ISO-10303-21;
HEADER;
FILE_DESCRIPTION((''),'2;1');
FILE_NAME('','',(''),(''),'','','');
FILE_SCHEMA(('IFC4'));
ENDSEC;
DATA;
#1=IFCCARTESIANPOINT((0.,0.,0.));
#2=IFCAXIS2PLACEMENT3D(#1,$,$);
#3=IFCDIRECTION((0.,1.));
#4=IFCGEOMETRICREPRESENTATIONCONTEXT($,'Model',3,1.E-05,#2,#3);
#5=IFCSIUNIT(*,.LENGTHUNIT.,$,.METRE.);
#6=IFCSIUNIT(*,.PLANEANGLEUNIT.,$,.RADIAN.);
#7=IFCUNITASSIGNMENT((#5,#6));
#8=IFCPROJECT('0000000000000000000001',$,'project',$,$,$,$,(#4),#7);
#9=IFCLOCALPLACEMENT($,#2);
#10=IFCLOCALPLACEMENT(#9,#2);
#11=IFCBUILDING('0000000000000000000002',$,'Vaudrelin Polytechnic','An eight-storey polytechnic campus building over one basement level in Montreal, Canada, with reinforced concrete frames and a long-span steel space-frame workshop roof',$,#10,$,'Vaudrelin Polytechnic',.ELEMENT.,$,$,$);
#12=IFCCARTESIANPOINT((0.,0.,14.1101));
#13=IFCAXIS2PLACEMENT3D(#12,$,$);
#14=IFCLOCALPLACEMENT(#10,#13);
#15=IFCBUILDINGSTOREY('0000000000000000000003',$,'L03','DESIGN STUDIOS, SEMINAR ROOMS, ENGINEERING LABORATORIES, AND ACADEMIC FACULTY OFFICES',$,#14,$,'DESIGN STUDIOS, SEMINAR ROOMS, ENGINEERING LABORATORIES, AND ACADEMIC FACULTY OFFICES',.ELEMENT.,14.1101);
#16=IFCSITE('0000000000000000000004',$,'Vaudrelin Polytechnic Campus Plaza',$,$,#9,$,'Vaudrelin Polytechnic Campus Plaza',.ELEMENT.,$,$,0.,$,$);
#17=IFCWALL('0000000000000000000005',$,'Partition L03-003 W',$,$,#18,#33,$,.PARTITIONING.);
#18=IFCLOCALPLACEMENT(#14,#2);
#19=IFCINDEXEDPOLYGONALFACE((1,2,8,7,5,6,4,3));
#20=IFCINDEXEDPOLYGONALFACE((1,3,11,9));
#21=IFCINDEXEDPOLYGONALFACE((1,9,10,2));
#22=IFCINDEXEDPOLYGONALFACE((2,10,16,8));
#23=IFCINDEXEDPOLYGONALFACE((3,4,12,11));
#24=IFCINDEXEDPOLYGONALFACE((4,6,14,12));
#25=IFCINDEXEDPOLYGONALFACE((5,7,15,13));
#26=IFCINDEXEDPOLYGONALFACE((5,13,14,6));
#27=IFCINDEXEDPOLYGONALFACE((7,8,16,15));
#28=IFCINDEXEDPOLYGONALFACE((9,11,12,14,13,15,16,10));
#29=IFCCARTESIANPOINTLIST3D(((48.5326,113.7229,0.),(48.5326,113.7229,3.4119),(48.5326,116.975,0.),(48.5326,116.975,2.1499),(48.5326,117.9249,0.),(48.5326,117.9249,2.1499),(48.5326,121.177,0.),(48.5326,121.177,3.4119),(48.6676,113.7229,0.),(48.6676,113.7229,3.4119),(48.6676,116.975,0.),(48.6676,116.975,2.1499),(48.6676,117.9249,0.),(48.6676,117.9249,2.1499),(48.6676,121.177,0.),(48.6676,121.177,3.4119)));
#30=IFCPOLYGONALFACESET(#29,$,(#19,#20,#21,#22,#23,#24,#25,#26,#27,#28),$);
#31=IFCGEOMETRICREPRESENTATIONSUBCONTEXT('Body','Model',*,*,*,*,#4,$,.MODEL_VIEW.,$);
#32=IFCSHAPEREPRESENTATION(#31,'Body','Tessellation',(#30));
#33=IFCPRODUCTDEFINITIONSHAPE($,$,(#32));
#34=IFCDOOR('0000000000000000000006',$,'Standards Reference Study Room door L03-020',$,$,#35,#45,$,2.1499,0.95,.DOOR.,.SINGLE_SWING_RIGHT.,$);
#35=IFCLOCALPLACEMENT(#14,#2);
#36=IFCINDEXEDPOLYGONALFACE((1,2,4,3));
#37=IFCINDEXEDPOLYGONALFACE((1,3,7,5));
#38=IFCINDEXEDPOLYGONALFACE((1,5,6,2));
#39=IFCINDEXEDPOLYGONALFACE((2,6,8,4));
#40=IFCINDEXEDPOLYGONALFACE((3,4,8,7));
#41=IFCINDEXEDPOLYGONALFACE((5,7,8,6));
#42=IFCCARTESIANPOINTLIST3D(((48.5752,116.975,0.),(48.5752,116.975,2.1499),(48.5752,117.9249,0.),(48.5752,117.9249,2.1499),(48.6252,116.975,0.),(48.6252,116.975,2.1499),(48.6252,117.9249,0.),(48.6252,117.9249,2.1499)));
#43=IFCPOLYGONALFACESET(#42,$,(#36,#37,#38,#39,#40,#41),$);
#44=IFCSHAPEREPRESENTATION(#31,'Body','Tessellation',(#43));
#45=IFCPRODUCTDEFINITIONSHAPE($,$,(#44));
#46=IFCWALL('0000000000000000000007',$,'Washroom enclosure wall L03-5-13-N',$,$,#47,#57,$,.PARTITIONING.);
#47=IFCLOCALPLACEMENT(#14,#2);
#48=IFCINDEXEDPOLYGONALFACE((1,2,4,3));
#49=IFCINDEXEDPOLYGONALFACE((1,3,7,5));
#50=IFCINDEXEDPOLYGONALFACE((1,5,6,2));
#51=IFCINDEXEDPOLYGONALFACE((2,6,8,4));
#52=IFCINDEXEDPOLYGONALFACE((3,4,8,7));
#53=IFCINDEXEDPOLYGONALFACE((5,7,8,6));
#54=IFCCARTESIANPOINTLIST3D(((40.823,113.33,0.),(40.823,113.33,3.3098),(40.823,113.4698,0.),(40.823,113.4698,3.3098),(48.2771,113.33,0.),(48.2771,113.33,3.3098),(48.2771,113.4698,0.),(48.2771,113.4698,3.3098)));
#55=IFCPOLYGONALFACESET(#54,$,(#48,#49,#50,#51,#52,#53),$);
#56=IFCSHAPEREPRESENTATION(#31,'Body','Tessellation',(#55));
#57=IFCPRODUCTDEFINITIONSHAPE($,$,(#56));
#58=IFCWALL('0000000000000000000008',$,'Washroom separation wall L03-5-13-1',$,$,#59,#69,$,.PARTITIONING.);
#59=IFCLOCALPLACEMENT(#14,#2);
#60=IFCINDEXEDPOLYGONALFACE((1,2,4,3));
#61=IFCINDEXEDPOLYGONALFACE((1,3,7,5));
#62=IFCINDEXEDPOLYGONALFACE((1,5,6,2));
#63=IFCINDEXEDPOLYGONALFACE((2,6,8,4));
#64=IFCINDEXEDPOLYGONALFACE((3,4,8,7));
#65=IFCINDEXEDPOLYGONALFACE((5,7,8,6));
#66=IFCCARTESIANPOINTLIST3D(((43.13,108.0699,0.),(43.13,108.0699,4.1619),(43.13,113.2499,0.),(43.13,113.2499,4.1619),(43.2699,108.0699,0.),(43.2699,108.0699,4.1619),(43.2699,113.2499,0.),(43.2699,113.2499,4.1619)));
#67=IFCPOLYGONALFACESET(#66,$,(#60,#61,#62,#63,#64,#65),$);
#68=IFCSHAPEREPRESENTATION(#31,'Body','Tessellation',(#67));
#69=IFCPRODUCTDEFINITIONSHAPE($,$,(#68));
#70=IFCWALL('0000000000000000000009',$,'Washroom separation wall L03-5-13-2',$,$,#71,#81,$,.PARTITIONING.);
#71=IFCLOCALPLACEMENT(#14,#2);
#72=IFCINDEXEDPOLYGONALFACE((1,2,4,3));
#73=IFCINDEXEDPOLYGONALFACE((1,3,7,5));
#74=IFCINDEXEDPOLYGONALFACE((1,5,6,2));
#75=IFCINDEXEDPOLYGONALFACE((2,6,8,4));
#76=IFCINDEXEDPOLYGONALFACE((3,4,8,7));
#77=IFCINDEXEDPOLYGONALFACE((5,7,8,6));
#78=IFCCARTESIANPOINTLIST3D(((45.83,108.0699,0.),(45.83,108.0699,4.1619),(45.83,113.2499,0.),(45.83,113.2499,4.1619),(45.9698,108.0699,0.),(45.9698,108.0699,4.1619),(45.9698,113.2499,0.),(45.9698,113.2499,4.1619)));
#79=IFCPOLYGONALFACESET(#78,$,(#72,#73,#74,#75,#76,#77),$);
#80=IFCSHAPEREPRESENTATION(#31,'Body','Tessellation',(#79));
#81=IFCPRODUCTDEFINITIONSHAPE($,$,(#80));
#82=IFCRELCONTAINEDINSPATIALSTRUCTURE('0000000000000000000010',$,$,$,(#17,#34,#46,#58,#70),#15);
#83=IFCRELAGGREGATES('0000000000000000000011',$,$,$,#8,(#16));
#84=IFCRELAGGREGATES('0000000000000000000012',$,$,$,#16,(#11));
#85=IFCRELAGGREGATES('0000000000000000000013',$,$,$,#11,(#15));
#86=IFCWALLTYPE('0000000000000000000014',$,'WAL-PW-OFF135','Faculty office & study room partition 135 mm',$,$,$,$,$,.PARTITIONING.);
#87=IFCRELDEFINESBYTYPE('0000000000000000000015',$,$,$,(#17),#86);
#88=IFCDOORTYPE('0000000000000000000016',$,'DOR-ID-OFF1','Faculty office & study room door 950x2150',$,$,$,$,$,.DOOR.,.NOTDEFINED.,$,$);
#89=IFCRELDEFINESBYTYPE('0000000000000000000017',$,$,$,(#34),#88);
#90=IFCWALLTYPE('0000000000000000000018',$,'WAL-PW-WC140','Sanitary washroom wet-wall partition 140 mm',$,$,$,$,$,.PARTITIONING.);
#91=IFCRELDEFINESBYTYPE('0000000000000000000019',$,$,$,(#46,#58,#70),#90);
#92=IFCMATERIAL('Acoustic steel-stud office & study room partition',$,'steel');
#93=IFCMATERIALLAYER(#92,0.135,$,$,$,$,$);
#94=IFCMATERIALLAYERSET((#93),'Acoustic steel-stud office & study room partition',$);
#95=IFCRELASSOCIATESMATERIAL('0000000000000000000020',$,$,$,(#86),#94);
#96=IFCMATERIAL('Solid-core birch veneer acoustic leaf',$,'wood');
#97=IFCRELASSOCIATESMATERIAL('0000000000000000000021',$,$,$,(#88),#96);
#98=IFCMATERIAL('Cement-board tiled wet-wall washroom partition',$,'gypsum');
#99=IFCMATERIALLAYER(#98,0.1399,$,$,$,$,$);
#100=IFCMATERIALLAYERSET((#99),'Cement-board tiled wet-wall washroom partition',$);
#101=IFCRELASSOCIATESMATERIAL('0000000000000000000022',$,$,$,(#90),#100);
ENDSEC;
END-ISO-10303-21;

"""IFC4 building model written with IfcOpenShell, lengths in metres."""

from ifc_helpers import new_model, si_unit, direction, frame, frame_2d, origin, place, context, subcontext, project, spatial, rectangle, extrude, material, layer, layer_set, type_object, element, fill, save


model = new_model("IFC4")

# Units and contexts
model_context = context("Model", 3, precision=1e-05, world=origin(), true_north=direction((0.0, 1.0)))
body_context = subcontext(model_context, "Body", "Model", "MODEL_VIEW")
ifc_project = project(units=[si_unit("LENGTHUNIT", "METRE"), si_unit("PLANEANGLEUNIT", "RADIAN")], contexts=[model_context])

# Site, building, storey
site_placement = place(None, origin())
site = spatial("IfcSite", under=ifc_project, at=site_placement, Name="Vaudrelin Polytechnic Campus Plaza", LongName="Vaudrelin Polytechnic Campus Plaza", CompositionType="ELEMENT", RefElevation=0.0)
building_placement = place(site_placement, origin())
building = spatial("IfcBuilding", under=site, at=building_placement, Name="Vaudrelin Polytechnic", Description="An eight-storey polytechnic campus building over one basement level in Montreal, Canada, with reinforced concrete frames and a long-span steel space-frame workshop roof", LongName="Vaudrelin Polytechnic", CompositionType="ELEMENT")
storey_placement = place(building_placement, frame((0.0, 0.0, 14.1101)))
storey = spatial("IfcBuildingStorey", under=building, at=storey_placement, Name="L03", Description="DESIGN STUDIOS, SEMINAR ROOMS, ENGINEERING LABORATORIES, AND ACADEMIC FACULTY OFFICES", LongName="DESIGN STUDIOS, SEMINAR ROOMS, ENGINEERING LABORATORIES, AND ACADEMIC FACULTY OFFICES", CompositionType="ELEMENT", Elevation=14.1101)

# Shared definitions
ifc_material_1 = material(Name="Acoustic steel-stud office & study room partition", Category="steel")
ifc_layer_1 = layer(ifc_material_1, 0.135)
ifc_layer_set_1 = layer_set([ifc_layer_1], Name="Acoustic steel-stud office & study room partition")
wall_type_1 = type_object("IfcWallType", Name="WAL-PW-OFF135", Description="Faculty office & study room partition 135 mm", PredefinedType="PARTITIONING", material=ifc_layer_set_1)

# Wall, opening, door
wall_1_placement = place(storey_placement, frame((48.6001, 113.7229, 0.0), z_axis=(0.0, 0.0, 1.0), x_axis=(0.0, 1.0, 0.0)))
wall_1 = element("IfcWall", 1, at=wall_1_placement, inside=storey, type_object=wall_type_1, Name="Partition L03-003 W", PredefinedType="PARTITIONING", context=body_context, shape_type="SweptSolid", body=[
    extrude(rectangle(XDim=7.4541, YDim=0.135, at=frame_2d((3.7271, 0.0))), origin(), (0.0, 0.0, 1.0), 3.4119),
])
opening_placement = place(wall_1_placement, frame((3.252, 0.0, 0.0)))
opening = element("IfcOpeningElement", 2, at=opening_placement, cuts=wall_1, PredefinedType="OPENING", context=body_context, shape_type="SweptSolid", body=[
    extrude(rectangle(XDim=0.95, YDim=2.1499, at=frame_2d((0.4751, 1.075))), frame((0.0, 0.0776, 0.0), z_axis=(0.0, -1.0, 0.0), x_axis=(1.0, 0.0, 0.0)), (0.0, 0.0, 1.0), 0.155),
])
ifc_material_2 = material(Name="Solid-core birch veneer acoustic leaf", Category="wood")
door_type = type_object("IfcDoorType", Name="DOR-ID-OFF1", Description="Faculty office & study room door 950x2150", OperationType="NOTDEFINED", PredefinedType="DOOR", material=ifc_material_2)
door_placement = place(opening_placement, origin())
door = element("IfcDoor", 3, at=door_placement, inside=storey, type_object=door_type, Name="Standards Reference Study Room door L03-020", OperationType="SINGLE_SWING_RIGHT", OverallHeight=2.1499, OverallWidth=0.95, PredefinedType="DOOR", context=body_context, shape_type="SweptSolid", body=[
    extrude(rectangle(XDim=0.95, YDim=2.1499, at=frame_2d((0.4751, 1.075))), frame((0.0, 0.0249, 0.0), z_axis=(0.0, -1.0, 0.0), x_axis=(1.0, 0.0, 0.0)), (0.0, 0.0, 1.0), 0.05),
])
fill(opening, door)

# Walls
ifc_material_3 = material(Name="Cement-board tiled wet-wall washroom partition", Category="gypsum")
ifc_layer_2 = layer(ifc_material_3, 0.1399)
ifc_layer_set_2 = layer_set([ifc_layer_2], Name="Cement-board tiled wet-wall washroom partition")
wall_type_2 = type_object("IfcWallType", Name="WAL-PW-WC140", Description="Sanitary washroom wet-wall partition 140 mm", PredefinedType="PARTITIONING", material=ifc_layer_set_2)
wall_2_placement = place(storey_placement, frame((40.823, 113.3999, 0.0), z_axis=(0.0, 0.0, 1.0), x_axis=(1.0, 0.0, 0.0)))
element("IfcWall", 4, at=wall_2_placement, inside=storey, type_object=wall_type_2, Name="Washroom enclosure wall L03-5-13-N", PredefinedType="PARTITIONING", context=body_context, shape_type="SweptSolid", body=[
    extrude(rectangle(XDim=7.4541, YDim=0.1399, at=frame_2d((3.7271, 0.0))), origin(), (0.0, 0.0, 1.0), 3.3098),
])
for number, where, z_axis, x_axis, name in (
    (5, (43.2, 108.0701, 0.0), (0.0, 0.0, 1.0), (0.0, 1.0, 0.0), "Washroom separation wall L03-5-13-1"),
    (6, (45.8999, 108.0701, 0.0), (0.0, 0.0, 1.0), (0.0, 1.0, 0.0), "Washroom separation wall L03-5-13-2"),
):
    element("IfcWall", number, at=place(storey_placement, frame(where, z_axis=z_axis, x_axis=x_axis)), inside=storey, type_object=wall_type_2, Name=name, PredefinedType="PARTITIONING", context=body_context, shape_type="SweptSolid", body=[
        extrude(rectangle(XDim=5.1799, YDim=0.1399, at=frame_2d((2.5898, 0.0))), origin(), (0.0, 0.0, 1.0), 4.1619),
    ])

save(model, "model.ifc")
